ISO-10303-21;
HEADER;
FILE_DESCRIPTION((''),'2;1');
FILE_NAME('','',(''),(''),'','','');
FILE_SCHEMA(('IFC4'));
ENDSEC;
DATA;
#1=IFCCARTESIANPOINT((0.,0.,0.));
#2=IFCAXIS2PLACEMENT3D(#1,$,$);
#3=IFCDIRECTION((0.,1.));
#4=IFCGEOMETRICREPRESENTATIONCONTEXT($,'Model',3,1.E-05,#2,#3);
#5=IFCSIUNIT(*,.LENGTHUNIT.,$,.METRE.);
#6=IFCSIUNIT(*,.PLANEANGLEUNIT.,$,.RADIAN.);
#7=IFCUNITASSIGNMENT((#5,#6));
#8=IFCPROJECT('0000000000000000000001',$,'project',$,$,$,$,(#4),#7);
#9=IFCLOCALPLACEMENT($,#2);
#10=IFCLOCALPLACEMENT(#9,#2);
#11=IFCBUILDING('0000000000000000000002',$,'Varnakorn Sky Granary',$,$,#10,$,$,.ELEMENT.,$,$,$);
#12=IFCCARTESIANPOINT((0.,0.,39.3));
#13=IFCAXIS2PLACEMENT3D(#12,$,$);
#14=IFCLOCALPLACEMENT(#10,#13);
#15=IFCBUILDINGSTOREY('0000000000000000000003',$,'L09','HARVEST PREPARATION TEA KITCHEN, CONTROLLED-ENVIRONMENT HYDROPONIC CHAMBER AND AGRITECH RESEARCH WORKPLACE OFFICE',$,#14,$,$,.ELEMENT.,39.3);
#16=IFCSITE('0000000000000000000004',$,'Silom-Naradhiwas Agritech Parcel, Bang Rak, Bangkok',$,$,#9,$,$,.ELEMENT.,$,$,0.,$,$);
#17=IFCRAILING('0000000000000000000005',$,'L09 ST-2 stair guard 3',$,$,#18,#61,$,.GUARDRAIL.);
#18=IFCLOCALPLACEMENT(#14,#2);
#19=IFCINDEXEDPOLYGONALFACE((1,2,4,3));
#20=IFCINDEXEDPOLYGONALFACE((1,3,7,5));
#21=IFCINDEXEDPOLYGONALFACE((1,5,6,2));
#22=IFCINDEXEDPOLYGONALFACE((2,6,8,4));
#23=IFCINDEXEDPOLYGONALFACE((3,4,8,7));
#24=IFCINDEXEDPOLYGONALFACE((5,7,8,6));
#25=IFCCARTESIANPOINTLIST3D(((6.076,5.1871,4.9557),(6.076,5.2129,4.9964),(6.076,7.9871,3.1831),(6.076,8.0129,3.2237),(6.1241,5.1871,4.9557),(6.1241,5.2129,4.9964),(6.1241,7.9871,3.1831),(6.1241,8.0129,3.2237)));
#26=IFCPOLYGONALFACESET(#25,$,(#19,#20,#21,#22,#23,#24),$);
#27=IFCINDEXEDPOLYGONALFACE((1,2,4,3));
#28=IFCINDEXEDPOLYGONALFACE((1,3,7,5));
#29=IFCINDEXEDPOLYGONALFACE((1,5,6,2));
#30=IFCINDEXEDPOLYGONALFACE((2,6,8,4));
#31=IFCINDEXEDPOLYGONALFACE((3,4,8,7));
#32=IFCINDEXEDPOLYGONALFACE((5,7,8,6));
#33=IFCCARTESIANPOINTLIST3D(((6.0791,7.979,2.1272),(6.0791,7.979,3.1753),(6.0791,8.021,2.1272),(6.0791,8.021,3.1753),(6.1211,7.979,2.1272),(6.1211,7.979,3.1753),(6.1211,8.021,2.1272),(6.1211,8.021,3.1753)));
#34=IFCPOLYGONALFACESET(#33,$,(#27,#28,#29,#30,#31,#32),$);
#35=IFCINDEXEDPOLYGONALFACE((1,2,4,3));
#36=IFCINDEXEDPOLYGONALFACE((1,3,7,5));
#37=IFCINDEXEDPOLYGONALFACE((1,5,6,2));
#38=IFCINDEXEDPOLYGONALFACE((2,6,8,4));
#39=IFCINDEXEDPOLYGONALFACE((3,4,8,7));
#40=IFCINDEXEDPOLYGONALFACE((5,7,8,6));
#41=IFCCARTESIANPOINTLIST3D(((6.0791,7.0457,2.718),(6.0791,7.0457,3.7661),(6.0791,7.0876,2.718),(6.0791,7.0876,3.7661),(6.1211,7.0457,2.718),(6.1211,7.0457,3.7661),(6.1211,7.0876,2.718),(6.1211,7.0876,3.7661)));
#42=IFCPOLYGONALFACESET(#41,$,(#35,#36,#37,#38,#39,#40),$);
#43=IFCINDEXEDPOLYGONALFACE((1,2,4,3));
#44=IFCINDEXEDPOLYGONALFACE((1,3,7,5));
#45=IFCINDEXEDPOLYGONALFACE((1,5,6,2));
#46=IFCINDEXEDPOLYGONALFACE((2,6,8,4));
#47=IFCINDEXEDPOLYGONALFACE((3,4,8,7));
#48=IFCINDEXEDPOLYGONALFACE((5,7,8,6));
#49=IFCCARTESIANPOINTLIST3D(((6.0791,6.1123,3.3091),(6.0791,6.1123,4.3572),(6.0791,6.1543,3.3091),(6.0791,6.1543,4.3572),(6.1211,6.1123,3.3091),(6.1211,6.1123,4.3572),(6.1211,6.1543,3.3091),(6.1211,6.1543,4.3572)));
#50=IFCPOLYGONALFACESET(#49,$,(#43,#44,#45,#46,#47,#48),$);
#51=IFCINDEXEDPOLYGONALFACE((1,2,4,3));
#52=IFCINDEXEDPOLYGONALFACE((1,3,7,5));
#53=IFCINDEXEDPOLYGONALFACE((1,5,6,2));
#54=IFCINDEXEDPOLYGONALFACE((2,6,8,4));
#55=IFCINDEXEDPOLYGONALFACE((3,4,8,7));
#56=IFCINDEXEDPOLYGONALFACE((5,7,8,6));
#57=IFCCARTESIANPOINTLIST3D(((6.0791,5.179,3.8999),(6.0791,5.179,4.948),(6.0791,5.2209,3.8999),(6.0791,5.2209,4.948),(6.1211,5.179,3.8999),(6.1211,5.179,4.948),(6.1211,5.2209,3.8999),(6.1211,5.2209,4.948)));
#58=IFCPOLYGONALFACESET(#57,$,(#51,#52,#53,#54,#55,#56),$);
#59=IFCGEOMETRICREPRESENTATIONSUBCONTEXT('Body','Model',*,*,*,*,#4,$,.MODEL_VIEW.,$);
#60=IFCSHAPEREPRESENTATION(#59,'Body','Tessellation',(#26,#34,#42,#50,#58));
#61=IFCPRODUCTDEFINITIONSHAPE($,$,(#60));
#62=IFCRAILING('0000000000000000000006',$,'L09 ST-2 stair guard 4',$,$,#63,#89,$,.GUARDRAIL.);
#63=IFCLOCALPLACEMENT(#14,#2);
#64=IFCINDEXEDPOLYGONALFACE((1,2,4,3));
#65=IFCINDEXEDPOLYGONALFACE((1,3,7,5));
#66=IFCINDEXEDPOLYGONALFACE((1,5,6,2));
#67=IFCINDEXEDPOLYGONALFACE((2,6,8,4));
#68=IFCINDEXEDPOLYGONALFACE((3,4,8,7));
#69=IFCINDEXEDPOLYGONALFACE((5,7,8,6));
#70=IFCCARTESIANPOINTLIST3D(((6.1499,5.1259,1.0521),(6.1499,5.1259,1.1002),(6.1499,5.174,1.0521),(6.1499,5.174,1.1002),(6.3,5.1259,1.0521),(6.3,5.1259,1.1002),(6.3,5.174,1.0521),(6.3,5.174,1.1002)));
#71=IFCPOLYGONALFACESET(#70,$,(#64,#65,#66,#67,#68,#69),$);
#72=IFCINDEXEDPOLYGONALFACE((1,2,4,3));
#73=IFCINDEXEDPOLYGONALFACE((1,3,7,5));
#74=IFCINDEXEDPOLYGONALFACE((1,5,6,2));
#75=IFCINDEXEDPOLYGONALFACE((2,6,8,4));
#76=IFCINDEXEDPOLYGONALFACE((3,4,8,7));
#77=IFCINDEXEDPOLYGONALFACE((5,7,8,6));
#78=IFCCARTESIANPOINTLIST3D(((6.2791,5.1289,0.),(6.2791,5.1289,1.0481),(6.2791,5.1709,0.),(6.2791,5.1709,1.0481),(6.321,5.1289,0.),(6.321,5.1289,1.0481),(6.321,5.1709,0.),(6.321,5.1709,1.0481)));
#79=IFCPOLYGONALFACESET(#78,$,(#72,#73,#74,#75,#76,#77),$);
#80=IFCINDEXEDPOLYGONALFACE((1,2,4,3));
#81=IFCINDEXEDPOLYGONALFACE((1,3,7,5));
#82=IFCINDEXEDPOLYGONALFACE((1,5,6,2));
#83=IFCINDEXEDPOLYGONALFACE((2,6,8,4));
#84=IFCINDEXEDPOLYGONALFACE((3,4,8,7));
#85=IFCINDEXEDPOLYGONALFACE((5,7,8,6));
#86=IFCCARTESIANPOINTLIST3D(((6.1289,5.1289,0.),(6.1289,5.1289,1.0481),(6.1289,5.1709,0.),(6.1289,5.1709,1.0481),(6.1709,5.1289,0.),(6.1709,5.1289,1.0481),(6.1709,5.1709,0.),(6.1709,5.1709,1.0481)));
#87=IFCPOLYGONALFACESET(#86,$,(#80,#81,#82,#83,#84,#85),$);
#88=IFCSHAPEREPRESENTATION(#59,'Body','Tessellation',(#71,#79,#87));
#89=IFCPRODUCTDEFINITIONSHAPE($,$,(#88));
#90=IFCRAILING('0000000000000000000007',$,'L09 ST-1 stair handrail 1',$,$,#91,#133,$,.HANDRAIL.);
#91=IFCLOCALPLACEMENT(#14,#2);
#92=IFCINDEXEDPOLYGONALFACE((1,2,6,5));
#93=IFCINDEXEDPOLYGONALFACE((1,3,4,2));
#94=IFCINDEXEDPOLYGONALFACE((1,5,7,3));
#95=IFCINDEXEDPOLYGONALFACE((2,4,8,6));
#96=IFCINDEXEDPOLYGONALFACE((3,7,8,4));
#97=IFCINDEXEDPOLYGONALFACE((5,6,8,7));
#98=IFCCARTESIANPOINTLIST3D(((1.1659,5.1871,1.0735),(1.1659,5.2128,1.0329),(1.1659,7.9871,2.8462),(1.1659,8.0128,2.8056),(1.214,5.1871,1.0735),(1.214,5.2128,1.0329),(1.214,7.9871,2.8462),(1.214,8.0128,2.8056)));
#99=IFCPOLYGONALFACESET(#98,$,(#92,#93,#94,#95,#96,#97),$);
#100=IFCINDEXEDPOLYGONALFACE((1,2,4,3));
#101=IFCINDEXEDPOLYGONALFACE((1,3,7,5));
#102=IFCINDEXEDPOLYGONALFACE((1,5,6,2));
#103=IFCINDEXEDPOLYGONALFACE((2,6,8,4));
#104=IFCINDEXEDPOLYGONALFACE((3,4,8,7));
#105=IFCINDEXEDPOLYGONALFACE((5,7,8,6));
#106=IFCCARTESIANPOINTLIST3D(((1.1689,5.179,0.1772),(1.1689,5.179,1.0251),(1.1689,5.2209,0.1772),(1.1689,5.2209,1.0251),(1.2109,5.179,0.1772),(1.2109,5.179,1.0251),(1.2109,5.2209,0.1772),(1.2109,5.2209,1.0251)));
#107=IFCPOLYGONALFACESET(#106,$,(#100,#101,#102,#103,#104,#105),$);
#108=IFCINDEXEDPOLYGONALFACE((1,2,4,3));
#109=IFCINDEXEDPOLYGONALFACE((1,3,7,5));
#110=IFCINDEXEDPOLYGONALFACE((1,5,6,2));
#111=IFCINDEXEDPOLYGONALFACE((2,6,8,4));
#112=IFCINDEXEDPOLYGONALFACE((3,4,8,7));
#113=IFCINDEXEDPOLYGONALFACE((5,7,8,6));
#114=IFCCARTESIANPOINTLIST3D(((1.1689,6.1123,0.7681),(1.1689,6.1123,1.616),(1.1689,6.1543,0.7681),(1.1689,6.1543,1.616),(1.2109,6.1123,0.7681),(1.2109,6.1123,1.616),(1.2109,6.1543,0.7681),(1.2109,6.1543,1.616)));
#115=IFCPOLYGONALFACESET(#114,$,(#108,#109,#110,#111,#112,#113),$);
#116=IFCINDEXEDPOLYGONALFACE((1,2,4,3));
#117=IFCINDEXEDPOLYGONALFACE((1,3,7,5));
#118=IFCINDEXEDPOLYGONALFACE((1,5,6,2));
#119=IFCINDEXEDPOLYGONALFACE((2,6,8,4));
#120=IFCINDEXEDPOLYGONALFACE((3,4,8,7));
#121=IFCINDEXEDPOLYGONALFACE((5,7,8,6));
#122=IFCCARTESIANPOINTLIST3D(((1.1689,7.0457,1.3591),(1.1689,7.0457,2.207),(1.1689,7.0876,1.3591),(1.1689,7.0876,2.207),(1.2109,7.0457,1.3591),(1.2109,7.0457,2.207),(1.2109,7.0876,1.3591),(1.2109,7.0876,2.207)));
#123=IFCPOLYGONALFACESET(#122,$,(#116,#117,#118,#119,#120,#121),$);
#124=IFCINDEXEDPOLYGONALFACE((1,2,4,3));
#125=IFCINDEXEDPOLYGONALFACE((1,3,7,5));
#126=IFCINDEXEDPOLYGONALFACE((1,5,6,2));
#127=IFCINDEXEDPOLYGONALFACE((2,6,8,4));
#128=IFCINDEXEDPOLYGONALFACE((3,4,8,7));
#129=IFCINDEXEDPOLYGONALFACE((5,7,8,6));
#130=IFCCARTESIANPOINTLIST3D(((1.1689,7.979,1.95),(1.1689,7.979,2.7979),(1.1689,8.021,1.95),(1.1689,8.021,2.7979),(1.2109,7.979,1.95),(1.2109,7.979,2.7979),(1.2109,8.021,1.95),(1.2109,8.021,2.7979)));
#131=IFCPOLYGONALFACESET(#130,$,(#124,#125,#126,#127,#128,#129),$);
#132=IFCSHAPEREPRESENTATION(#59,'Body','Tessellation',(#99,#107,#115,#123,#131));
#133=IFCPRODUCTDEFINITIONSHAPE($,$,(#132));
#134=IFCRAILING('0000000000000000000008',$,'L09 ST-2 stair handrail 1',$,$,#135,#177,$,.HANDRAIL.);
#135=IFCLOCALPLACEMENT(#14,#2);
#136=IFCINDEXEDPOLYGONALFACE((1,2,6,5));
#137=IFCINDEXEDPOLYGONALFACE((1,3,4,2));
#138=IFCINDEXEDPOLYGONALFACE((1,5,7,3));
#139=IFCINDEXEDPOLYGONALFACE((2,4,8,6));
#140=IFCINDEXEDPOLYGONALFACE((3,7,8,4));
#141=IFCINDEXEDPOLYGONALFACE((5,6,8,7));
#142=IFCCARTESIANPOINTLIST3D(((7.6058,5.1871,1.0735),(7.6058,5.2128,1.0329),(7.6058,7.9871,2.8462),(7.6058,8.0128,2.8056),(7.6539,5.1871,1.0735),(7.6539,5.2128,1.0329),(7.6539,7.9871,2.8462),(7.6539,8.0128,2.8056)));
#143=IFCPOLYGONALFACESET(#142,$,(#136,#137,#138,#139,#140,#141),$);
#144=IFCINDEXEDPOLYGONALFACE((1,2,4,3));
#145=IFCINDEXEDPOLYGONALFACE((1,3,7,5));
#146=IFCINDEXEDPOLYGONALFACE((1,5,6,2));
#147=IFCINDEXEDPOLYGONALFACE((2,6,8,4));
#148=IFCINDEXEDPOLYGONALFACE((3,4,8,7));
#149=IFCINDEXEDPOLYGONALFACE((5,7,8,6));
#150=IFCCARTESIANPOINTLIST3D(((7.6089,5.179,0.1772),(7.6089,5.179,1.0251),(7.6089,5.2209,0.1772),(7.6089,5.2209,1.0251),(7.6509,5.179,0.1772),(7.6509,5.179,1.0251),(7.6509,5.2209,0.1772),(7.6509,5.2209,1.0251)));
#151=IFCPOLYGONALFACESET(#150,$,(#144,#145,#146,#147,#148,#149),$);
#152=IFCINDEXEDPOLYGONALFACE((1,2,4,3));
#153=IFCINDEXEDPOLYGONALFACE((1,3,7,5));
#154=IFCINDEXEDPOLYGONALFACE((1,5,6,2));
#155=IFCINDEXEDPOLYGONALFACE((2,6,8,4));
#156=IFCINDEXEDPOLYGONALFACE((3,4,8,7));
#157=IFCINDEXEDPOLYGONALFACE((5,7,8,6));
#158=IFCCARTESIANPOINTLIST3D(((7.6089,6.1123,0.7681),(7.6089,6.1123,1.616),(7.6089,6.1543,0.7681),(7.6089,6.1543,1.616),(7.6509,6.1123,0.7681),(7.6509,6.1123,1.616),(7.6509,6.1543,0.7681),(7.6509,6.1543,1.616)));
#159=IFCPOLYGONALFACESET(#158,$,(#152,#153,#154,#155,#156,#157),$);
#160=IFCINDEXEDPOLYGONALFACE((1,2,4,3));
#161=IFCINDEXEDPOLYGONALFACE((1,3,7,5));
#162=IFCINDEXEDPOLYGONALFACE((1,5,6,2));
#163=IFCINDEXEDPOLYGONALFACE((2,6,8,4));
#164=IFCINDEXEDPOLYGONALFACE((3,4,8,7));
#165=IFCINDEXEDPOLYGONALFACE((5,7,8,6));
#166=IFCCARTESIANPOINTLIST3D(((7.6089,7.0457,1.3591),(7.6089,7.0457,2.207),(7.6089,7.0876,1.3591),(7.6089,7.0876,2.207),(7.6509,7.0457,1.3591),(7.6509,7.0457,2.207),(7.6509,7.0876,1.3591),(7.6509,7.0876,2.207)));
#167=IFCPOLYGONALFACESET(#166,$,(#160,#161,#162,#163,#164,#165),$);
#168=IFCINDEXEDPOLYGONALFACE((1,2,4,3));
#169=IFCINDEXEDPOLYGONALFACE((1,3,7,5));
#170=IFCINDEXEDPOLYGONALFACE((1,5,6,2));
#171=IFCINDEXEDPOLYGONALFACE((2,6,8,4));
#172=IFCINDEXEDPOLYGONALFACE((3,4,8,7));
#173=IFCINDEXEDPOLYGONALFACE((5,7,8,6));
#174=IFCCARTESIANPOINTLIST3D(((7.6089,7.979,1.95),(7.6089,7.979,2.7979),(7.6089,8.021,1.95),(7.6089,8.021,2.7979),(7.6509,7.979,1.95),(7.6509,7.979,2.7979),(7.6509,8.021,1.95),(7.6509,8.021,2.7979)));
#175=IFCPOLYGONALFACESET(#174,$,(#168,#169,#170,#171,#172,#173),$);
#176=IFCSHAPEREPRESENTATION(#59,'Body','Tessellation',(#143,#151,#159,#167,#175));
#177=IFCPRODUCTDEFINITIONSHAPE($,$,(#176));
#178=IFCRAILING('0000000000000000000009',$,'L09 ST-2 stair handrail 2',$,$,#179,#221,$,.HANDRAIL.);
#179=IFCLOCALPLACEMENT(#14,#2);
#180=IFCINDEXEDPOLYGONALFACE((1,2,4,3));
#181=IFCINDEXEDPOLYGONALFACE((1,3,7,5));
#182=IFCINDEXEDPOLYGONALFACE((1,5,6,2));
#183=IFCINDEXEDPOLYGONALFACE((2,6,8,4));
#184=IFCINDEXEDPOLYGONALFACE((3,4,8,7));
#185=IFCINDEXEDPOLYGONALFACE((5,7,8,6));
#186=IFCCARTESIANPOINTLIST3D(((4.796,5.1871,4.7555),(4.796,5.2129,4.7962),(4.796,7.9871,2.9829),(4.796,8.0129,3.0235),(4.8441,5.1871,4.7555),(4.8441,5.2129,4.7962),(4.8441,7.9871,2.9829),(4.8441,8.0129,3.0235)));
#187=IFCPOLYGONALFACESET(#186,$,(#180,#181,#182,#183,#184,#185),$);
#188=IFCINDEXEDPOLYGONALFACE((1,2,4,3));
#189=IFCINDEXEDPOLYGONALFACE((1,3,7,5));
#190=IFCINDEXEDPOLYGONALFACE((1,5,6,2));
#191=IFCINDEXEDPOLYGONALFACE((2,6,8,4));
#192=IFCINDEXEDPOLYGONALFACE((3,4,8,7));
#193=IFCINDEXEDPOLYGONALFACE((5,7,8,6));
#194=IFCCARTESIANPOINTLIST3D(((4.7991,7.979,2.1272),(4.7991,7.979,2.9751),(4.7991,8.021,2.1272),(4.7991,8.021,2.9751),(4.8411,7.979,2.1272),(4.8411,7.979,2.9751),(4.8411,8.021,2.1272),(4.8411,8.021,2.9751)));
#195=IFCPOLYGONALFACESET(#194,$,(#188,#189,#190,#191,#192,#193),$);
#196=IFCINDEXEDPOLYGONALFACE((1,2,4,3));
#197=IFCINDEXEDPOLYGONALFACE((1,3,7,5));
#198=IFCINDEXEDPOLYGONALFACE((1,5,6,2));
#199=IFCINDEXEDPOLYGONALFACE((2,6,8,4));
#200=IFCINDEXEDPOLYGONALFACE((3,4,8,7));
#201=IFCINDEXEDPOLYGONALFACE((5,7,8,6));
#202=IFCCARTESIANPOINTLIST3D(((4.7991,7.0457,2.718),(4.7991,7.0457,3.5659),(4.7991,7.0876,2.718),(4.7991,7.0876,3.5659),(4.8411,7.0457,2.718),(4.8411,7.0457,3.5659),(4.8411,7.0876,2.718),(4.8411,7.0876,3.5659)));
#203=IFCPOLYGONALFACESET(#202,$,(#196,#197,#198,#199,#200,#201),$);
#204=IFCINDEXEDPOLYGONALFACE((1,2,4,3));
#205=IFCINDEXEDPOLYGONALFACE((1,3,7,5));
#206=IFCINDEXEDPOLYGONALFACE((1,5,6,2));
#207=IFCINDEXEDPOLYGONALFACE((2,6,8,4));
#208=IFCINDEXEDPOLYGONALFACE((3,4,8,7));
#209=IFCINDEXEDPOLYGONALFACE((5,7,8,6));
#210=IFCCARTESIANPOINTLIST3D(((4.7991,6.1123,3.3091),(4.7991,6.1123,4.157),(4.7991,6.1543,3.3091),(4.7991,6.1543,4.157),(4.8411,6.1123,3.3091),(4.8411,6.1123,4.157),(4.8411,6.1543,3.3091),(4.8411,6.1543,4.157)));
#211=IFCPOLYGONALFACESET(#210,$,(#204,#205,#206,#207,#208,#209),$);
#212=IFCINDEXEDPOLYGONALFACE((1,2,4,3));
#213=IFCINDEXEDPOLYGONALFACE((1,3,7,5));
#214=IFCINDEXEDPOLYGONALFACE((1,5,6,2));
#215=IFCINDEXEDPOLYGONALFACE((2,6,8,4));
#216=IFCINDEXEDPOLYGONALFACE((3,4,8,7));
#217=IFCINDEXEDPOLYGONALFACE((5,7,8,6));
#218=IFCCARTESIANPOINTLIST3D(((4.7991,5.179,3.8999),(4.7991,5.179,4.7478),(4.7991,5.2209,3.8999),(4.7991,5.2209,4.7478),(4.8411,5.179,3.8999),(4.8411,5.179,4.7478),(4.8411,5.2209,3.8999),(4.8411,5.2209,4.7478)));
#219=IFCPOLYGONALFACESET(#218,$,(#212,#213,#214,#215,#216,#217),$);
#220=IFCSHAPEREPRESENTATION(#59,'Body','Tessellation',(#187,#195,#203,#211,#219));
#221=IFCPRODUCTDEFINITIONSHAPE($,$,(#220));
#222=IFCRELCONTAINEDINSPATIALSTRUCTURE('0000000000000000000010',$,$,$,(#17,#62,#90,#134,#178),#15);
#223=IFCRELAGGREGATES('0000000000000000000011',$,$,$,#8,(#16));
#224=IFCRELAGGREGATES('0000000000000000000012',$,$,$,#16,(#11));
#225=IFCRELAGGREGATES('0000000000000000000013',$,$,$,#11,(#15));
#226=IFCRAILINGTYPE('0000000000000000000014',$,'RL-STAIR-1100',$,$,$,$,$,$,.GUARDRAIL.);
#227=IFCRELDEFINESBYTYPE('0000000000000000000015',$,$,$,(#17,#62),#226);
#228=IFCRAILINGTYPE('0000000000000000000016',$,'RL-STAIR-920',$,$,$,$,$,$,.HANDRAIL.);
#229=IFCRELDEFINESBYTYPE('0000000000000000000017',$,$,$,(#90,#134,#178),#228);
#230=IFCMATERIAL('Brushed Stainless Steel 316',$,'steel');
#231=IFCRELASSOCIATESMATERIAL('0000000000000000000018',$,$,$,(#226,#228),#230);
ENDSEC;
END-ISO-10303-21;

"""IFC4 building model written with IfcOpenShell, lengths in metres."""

from ifc_helpers import new_model, si_unit, direction, frame, origin, origin_2d, place, context, subcontext, project, spatial, rectangle, extrude, material, type_object, element, save


model = new_model("IFC4")

# Units and contexts
model_context = context("Model", 3, precision=1e-05, world=origin(), true_north=direction((0.0, 1.0)))
body_context = subcontext(model_context, "Body", "Model", "MODEL_VIEW")
ifc_project = project(units=[si_unit("LENGTHUNIT", "METRE"), si_unit("PLANEANGLEUNIT", "RADIAN")], contexts=[model_context])

# Site, building, storey
site_placement = place(None, origin())
site = spatial("IfcSite", under=ifc_project, at=site_placement, Name="Silom-Naradhiwas Agritech Parcel, Bang Rak, Bangkok", CompositionType="ELEMENT", RefElevation=0.0)
building_placement = place(site_placement, origin())
building = spatial("IfcBuilding", under=site, at=building_placement, Name="Varnakorn Sky Granary", CompositionType="ELEMENT")
storey_placement = place(building_placement, frame((0.0, 0.0, 39.3)))
storey = spatial("IfcBuildingStorey", under=building, at=storey_placement, Name="L09", Description="HARVEST PREPARATION TEA KITCHEN, CONTROLLED-ENVIRONMENT HYDROPONIC CHAMBER AND AGRITECH RESEARCH WORKPLACE OFFICE", CompositionType="ELEMENT", Elevation=39.3)

# Railings
ifc_material_1 = material(Name="Brushed Stainless Steel 316", Category="steel")
railing_type_1 = type_object("IfcRailingType", Name="RL-STAIR-1100", PredefinedType="GUARDRAIL", material=ifc_material_1)
railing_1_placement = place(storey_placement, frame((6.1001, 8.0, 2.1272)))
element("IfcRailing", 1, at=railing_1_placement, inside=storey, type_object=railing_type_1, Name="L09 ST-2 stair guard 3", PredefinedType="GUARDRAIL", context=body_context, shape_type="SweptSolid", body=[
    extrude(rectangle(XDim=0.0481, YDim=0.0481, at=origin_2d()), frame((0.0, 0.0, 1.0762), z_axis=(0.0, -0.844909, 0.53491), x_axis=(1.0, 0.0, 0.0)), (0.0, 0.0, 1.0), 3.314),
    extrude(rectangle(XDim=0.042, YDim=0.042, at=origin_2d()), origin(), (0.0, 0.0, 1.0), 1.0481),
    extrude(rectangle(XDim=0.042, YDim=0.042, at=origin_2d()), frame((0.0, -0.9333, 0.5908)), (0.0, 0.0, 1.0), 1.0481),
    extrude(rectangle(XDim=0.042, YDim=0.042, at=origin_2d()), frame((0.0, -1.8667, 1.1819)), (0.0, 0.0, 1.0), 1.0481),
    extrude(rectangle(XDim=0.042, YDim=0.042, at=origin_2d()), frame((0.0, -2.8, 1.7727)), (0.0, 0.0, 1.0), 1.0481),
])
railing_2_placement = place(storey_placement, frame((6.3, 5.1499, 0.0)))
element("IfcRailing", 2, at=railing_2_placement, inside=storey, type_object=railing_type_1, Name="L09 ST-2 stair guard 4", PredefinedType="GUARDRAIL", context=body_context, shape_type="SweptSolid", body=[
    extrude(rectangle(XDim=0.0481, YDim=0.0481, at=origin_2d()), frame((0.0, 0.0, 1.0762), z_axis=(-1.0, 0.0, 0.0), x_axis=(0.0, -1.0, 0.0)), (0.0, 0.0, 1.0), 0.1501),
    extrude(rectangle(XDim=0.042, YDim=0.042, at=origin_2d()), origin(), (0.0, 0.0, 1.0), 1.0481),
    extrude(rectangle(XDim=0.042, YDim=0.042, at=origin_2d()), frame((-0.1501, 0.0, 0.0)), (0.0, 0.0, 1.0), 1.0481),
])
railing_type_2 = type_object("IfcRailingType", Name="RL-STAIR-920", PredefinedType="HANDRAIL", material=ifc_material_1)
for number, where, name in (
    (3, (1.1899, 5.2, 0.1772), "L09 ST-1 stair handrail 1"),
    (4, (7.6299, 5.2, 0.1772), "L09 ST-2 stair handrail 1"),
):
    element("IfcRailing", number, at=place(storey_placement, frame(where)), inside=storey, type_object=railing_type_2, Name=name, PredefinedType="HANDRAIL", context=body_context, shape_type="SweptSolid", body=[
        extrude(rectangle(XDim=0.0481, YDim=0.0481, at=origin_2d()), frame((0.0, 0.0, 0.876), z_axis=(0.0, 0.844909, 0.53491), x_axis=(-1.0, 0.0, 0.0)), (0.0, 0.0, 1.0), 3.314),
        extrude(rectangle(XDim=0.042, YDim=0.042, at=origin_2d()), origin(), (0.0, 0.0, 1.0), 0.8479),
        extrude(rectangle(XDim=0.042, YDim=0.042, at=origin_2d()), frame((0.0, 0.9333, 0.5908)), (0.0, 0.0, 1.0), 0.8479),
        extrude(rectangle(XDim=0.042, YDim=0.042, at=origin_2d()), frame((0.0, 1.8667, 1.1819)), (0.0, 0.0, 1.0), 0.8479),
        extrude(rectangle(XDim=0.042, YDim=0.042, at=origin_2d()), frame((0.0, 2.8, 1.7727)), (0.0, 0.0, 1.0), 0.8479),
    ])
railing_3_placement = place(storey_placement, frame((4.8201, 8.0, 2.1272)))
element("IfcRailing", 5, at=railing_3_placement, inside=storey, type_object=railing_type_2, Name="L09 ST-2 stair handrail 2", PredefinedType="HANDRAIL", context=body_context, shape_type="SweptSolid", body=[
    extrude(rectangle(XDim=0.0481, YDim=0.0481, at=origin_2d()), frame((0.0, 0.0, 0.876), z_axis=(0.0, -0.844909, 0.53491), x_axis=(1.0, 0.0, 0.0)), (0.0, 0.0, 1.0), 3.314),
    extrude(rectangle(XDim=0.042, YDim=0.042, at=origin_2d()), origin(), (0.0, 0.0, 1.0), 0.8479),
    extrude(rectangle(XDim=0.042, YDim=0.042, at=origin_2d()), frame((0.0, -0.9333, 0.5908)), (0.0, 0.0, 1.0), 0.8479),
    extrude(rectangle(XDim=0.042, YDim=0.042, at=origin_2d()), frame((0.0, -1.8667, 1.1819)), (0.0, 0.0, 1.0), 0.8479),
    extrude(rectangle(XDim=0.042, YDim=0.042, at=origin_2d()), frame((0.0, -2.8, 1.7727)), (0.0, 0.0, 1.0), 0.8479),
])

save(model, "model.ifc")
